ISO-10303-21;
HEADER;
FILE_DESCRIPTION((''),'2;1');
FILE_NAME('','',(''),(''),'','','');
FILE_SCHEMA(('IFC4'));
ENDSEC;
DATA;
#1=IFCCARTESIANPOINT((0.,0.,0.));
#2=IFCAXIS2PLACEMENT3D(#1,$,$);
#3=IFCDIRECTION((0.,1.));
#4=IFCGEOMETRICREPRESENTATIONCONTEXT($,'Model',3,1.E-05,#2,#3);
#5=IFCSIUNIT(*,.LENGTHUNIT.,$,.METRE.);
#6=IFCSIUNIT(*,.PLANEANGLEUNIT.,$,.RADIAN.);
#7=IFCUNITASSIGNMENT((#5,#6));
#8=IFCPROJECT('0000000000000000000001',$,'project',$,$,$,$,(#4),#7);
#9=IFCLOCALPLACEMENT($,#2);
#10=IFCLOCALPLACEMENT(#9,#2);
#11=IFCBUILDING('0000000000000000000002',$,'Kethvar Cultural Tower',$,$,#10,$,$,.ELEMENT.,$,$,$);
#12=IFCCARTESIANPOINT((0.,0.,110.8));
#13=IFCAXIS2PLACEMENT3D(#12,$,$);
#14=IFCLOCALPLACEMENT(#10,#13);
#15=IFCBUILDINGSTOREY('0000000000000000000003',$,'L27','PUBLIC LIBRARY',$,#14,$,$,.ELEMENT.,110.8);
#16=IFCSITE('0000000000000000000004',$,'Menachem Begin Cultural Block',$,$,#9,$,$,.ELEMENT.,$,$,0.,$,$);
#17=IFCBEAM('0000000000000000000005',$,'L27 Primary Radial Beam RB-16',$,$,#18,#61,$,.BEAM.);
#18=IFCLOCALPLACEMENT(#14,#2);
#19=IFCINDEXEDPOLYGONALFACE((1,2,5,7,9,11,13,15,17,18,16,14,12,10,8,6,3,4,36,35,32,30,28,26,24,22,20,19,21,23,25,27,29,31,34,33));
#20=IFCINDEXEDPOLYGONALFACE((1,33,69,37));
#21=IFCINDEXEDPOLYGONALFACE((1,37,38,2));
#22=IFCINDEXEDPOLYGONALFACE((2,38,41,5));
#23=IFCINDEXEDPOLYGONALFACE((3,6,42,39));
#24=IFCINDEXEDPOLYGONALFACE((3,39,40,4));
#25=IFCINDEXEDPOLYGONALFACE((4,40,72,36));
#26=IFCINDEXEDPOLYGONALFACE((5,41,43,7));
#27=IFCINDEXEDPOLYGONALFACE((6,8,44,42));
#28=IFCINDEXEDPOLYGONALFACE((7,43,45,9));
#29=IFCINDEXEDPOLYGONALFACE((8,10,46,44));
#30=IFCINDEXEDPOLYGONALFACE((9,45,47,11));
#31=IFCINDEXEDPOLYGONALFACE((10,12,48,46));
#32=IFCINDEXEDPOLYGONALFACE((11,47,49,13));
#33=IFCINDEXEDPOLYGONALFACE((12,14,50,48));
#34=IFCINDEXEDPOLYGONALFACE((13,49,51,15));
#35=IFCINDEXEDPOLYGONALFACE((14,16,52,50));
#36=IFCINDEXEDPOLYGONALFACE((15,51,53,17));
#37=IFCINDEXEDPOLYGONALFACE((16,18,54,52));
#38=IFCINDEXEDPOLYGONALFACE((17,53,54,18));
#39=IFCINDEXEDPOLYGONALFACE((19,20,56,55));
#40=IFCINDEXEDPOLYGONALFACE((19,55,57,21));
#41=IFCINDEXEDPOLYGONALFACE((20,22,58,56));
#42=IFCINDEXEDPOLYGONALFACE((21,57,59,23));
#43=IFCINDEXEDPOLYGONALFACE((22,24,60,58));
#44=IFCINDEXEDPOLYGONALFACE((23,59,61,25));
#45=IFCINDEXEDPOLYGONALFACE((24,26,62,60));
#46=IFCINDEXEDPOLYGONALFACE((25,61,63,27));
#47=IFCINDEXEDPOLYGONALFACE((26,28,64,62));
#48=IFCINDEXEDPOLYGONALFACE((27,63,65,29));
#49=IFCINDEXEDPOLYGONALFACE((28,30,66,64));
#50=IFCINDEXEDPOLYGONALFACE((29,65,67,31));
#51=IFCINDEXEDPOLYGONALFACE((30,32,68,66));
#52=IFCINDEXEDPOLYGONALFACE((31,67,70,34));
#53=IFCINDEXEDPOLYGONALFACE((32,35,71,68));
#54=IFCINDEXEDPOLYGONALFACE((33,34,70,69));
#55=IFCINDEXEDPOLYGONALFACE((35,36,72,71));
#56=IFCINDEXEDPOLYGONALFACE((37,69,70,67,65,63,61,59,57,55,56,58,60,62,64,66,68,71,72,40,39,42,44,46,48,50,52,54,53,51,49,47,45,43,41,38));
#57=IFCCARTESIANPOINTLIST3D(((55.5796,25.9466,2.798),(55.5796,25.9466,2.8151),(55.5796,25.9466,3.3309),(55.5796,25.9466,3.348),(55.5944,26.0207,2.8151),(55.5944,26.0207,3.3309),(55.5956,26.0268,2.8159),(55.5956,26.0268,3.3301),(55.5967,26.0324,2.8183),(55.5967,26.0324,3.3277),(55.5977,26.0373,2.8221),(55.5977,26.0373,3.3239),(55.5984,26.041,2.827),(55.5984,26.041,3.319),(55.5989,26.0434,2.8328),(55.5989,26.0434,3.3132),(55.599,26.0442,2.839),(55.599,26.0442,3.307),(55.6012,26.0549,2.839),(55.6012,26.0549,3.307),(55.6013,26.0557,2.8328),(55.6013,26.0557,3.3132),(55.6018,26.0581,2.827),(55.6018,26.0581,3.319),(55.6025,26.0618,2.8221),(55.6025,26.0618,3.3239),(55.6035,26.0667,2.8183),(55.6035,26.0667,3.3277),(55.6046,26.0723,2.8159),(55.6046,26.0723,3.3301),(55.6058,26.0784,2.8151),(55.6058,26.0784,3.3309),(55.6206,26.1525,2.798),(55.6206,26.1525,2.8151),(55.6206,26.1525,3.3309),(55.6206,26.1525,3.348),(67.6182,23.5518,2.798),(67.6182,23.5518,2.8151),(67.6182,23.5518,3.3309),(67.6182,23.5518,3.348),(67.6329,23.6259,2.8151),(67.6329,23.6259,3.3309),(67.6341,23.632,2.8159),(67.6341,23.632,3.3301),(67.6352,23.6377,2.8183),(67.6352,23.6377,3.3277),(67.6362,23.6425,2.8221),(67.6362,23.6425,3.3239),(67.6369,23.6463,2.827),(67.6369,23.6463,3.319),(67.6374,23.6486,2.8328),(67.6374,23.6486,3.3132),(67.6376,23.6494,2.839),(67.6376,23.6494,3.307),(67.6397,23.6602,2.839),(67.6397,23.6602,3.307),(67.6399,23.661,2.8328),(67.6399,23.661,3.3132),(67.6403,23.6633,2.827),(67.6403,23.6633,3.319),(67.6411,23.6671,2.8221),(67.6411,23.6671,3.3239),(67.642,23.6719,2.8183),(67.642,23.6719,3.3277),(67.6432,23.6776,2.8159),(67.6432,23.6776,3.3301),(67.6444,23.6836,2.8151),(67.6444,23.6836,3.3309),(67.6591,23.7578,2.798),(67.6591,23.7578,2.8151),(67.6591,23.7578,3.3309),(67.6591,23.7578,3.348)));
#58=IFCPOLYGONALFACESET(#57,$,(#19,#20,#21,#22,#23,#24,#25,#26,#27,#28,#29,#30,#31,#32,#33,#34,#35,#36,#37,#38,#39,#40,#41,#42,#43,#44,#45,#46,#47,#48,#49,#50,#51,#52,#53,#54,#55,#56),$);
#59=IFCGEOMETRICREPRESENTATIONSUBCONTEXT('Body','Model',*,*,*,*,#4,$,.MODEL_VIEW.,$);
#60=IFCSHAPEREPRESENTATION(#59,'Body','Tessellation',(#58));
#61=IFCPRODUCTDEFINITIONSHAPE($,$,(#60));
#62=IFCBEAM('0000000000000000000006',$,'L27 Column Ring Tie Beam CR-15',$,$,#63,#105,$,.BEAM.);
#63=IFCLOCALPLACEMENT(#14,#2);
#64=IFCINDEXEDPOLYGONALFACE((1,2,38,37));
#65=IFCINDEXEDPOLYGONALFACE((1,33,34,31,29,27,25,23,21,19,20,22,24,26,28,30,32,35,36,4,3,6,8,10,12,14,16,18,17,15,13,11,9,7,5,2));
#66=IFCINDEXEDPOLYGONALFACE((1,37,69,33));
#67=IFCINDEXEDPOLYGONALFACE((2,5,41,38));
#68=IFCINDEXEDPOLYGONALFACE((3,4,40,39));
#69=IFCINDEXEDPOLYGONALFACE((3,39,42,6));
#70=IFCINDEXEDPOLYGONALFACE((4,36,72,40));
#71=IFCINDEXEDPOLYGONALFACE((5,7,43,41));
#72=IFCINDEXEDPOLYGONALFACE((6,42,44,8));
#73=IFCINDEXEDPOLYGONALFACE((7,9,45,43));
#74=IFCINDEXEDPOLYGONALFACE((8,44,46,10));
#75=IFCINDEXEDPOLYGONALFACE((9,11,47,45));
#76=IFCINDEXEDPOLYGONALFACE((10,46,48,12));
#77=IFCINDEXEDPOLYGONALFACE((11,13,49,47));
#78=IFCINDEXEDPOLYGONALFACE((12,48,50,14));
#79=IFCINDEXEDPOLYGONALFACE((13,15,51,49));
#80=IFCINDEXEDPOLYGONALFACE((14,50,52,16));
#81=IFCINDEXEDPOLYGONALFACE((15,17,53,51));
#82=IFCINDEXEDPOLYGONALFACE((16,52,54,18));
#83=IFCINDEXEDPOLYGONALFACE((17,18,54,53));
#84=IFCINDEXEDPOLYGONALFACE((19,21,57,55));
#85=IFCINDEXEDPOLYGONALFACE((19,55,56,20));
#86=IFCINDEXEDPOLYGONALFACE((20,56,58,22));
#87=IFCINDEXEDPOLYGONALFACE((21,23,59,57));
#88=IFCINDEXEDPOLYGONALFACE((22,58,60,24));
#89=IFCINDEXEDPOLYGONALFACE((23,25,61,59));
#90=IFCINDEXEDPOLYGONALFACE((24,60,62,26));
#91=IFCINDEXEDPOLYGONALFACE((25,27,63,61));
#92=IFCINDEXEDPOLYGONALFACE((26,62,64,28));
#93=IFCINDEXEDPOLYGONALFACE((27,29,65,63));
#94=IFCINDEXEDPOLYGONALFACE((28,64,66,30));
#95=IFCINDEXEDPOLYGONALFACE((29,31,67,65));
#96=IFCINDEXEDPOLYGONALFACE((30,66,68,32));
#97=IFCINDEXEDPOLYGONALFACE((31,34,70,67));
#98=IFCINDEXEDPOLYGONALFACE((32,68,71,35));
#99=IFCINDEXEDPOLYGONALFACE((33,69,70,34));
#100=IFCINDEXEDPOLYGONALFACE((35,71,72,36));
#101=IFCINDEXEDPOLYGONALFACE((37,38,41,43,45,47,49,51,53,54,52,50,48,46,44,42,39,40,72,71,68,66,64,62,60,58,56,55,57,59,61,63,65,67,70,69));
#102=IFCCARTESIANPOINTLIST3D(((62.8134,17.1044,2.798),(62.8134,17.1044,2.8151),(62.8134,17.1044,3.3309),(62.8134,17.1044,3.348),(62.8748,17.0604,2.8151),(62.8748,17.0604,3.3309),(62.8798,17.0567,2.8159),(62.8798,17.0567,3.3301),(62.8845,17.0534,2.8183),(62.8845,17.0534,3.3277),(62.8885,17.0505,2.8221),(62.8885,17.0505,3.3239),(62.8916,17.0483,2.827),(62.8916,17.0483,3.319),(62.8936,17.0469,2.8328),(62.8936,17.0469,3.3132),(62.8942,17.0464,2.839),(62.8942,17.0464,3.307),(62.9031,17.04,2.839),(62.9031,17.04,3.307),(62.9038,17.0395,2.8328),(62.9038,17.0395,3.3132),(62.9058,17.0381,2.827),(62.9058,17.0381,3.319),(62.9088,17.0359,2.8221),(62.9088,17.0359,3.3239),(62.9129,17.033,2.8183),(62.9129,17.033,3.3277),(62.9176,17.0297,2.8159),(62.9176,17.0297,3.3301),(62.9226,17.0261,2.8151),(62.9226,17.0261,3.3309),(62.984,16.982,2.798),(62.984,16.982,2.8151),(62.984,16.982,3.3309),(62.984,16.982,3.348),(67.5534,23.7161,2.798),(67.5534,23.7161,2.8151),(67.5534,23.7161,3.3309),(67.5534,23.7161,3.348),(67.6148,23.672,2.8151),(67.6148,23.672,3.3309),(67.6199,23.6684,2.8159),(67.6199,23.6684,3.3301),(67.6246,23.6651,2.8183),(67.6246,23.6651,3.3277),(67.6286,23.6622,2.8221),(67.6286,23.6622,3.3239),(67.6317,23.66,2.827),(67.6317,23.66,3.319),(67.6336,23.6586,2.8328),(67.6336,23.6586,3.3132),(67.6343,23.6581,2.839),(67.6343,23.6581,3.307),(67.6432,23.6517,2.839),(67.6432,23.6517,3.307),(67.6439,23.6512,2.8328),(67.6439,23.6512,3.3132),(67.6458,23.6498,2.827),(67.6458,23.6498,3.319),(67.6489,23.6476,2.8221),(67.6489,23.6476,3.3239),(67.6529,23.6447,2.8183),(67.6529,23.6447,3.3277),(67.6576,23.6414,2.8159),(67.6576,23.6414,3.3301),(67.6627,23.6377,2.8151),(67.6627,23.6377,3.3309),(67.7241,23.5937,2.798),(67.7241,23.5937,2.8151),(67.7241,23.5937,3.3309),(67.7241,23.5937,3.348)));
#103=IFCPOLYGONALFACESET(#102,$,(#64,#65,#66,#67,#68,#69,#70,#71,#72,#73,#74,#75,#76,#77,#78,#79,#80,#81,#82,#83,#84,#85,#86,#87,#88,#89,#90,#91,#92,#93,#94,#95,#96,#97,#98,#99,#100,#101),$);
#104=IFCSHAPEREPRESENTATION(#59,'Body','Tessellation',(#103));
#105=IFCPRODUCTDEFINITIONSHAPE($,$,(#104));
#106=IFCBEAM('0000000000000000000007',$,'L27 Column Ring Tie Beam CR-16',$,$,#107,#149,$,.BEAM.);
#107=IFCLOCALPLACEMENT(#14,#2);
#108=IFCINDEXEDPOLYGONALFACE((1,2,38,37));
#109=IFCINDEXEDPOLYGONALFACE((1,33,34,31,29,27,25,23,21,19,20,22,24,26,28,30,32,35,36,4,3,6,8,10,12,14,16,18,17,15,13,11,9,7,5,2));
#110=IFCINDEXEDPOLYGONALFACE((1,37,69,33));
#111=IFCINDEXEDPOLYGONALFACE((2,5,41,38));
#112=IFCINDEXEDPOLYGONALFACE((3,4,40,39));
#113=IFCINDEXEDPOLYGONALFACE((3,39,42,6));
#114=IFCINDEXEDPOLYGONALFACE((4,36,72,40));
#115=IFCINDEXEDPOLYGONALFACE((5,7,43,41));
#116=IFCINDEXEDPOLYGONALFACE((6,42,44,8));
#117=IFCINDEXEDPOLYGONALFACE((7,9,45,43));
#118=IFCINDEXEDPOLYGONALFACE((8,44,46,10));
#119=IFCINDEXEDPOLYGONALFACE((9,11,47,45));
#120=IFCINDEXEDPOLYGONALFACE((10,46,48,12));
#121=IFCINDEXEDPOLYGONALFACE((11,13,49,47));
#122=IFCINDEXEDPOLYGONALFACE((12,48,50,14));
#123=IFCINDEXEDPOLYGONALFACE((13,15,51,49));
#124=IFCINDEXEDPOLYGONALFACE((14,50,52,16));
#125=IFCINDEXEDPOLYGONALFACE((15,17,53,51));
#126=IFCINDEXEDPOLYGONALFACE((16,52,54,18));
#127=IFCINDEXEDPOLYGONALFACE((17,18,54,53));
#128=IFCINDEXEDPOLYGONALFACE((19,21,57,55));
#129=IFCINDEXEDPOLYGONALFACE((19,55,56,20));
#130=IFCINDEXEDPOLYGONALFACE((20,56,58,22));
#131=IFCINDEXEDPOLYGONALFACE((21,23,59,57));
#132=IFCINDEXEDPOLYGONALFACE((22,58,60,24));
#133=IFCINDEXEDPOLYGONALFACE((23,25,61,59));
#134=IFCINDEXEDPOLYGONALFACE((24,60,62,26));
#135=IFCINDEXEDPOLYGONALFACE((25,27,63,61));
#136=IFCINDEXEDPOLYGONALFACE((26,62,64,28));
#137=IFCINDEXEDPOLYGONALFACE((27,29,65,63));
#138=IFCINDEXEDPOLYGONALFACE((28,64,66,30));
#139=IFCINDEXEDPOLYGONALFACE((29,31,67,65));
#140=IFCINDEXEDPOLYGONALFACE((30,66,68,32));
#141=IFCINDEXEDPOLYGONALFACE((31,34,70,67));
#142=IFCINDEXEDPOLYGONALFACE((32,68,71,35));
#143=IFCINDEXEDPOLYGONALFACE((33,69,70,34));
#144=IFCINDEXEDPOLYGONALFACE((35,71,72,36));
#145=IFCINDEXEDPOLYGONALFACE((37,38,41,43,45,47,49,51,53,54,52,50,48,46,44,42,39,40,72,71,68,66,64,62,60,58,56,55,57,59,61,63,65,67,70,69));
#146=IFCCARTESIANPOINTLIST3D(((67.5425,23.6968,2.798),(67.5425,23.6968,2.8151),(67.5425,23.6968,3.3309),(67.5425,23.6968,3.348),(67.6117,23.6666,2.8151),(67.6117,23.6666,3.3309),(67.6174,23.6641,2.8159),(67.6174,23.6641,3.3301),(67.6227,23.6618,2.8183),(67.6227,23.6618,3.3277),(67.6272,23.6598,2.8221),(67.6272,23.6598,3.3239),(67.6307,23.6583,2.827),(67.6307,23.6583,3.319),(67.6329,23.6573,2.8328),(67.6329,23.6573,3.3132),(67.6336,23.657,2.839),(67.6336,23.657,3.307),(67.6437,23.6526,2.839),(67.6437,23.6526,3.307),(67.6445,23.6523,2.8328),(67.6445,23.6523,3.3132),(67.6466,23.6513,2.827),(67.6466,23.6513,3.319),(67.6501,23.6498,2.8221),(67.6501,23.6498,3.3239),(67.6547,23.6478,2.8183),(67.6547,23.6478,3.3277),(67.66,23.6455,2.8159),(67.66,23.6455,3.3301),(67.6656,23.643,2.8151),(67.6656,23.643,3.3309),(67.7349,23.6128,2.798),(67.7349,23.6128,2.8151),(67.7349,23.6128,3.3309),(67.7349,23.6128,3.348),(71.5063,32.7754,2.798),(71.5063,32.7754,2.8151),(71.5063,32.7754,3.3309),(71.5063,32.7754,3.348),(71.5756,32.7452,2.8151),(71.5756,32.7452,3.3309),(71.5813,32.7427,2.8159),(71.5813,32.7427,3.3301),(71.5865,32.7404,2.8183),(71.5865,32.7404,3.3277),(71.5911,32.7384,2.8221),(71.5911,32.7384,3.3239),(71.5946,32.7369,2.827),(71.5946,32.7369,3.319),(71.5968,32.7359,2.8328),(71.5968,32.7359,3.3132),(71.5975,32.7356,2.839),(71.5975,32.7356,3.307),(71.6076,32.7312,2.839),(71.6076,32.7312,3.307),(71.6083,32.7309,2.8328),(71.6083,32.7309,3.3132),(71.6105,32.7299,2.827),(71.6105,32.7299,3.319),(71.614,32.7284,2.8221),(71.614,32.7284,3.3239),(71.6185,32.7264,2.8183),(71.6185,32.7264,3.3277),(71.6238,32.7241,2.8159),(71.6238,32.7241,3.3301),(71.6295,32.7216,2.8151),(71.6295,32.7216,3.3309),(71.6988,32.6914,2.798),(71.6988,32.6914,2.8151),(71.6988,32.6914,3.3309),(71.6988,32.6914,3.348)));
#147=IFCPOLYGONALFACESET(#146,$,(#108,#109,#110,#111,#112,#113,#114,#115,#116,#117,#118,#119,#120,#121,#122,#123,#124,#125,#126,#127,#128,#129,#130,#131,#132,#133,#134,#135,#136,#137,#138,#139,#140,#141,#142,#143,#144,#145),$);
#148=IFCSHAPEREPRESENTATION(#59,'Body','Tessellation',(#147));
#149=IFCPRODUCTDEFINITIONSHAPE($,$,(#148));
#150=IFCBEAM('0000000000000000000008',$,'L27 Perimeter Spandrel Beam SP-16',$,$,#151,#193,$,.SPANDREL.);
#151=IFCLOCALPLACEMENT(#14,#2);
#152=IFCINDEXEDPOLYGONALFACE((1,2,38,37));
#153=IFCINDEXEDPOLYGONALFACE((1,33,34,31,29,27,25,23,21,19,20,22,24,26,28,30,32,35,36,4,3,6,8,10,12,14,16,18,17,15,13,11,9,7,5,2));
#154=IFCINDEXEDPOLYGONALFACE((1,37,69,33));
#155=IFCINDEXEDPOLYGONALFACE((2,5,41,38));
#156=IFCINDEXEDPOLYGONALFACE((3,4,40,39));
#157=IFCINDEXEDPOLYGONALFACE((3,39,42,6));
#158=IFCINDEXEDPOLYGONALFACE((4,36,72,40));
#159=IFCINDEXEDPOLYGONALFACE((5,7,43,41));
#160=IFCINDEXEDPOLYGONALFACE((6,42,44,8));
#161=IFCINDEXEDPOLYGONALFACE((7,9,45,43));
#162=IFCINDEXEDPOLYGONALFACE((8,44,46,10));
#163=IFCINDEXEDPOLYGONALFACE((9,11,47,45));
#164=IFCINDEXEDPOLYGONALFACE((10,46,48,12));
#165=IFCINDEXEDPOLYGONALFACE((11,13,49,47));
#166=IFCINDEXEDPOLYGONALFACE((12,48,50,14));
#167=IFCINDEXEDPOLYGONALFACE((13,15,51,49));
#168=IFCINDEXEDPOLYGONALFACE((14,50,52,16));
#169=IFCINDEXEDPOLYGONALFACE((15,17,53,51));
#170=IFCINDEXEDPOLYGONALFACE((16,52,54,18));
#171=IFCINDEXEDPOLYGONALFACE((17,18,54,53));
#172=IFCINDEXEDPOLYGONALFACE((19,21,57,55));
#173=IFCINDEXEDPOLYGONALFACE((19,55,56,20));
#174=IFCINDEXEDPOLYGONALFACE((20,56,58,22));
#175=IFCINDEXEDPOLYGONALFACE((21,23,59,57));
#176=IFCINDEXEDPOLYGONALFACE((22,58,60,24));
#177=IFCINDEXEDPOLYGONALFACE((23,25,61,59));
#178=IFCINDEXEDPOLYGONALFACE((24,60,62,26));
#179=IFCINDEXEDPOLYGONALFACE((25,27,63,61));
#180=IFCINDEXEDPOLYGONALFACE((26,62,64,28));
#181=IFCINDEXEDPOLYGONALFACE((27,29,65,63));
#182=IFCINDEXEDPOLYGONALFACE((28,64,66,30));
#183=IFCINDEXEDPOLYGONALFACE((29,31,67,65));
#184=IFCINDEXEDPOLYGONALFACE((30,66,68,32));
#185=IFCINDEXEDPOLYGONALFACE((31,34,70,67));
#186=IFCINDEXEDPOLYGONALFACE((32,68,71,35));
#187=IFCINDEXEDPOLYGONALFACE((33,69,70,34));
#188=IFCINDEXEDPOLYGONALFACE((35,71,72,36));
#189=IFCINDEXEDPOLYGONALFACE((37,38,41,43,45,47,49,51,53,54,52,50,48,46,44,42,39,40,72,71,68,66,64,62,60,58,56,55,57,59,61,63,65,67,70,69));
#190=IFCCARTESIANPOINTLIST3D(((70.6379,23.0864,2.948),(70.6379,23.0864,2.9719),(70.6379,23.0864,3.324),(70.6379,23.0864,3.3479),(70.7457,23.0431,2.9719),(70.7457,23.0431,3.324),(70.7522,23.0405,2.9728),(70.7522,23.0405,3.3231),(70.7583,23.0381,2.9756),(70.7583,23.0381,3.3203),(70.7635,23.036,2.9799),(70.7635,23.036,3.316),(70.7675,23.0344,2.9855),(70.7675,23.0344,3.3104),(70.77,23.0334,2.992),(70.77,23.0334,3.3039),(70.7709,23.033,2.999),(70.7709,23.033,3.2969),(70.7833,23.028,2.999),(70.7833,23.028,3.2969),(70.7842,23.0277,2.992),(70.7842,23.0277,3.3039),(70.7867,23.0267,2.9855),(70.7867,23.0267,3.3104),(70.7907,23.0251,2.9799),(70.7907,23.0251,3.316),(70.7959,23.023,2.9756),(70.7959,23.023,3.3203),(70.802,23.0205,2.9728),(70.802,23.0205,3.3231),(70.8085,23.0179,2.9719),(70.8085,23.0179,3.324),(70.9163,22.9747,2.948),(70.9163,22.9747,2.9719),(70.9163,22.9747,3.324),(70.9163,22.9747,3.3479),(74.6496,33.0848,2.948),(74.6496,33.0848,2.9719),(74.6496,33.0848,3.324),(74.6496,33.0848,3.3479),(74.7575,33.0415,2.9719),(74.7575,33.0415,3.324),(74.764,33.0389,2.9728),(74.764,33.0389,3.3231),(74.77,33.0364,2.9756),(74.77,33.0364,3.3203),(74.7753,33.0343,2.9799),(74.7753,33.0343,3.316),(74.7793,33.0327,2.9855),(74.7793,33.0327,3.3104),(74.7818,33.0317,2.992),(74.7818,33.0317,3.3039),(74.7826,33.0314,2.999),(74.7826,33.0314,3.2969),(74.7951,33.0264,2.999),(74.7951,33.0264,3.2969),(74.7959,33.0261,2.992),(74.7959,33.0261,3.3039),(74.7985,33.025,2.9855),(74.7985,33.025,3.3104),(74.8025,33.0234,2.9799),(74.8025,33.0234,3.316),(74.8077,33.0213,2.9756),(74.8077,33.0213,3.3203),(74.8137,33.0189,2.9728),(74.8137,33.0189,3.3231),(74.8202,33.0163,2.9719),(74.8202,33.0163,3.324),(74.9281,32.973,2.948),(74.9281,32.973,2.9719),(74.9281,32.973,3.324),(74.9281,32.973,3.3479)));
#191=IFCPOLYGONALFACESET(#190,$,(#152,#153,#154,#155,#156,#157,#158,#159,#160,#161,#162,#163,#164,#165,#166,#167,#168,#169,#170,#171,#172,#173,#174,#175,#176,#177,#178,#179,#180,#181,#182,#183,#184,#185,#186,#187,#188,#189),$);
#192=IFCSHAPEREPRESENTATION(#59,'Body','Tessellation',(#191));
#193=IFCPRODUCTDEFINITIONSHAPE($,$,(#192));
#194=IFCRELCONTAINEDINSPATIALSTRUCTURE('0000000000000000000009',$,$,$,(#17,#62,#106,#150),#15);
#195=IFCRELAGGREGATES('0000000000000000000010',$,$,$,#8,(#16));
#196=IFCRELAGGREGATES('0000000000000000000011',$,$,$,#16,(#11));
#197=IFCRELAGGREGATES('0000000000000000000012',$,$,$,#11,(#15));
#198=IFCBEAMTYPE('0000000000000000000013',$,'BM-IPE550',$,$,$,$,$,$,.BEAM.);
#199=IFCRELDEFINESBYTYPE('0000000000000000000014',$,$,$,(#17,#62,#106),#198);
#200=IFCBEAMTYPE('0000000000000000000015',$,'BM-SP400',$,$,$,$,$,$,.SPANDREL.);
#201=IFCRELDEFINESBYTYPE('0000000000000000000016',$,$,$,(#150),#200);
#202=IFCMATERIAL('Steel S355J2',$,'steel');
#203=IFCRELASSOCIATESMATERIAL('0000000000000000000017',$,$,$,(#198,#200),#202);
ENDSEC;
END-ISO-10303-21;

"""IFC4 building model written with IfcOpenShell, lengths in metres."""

from ifc_helpers import new_model, si_unit, direction, frame, origin, origin_2d, place, context, subcontext, project, spatial, i_section, extrude, source, transform, mapped, material, material_profile, profile_set, type_object, element, save


model = new_model("IFC4")

# Units and contexts
model_context = context("Model", 3, precision=1e-05, world=origin(), true_north=direction((0.0, 1.0)))
body_context = subcontext(model_context, "Body", "Model", "MODEL_VIEW")
ifc_project = project(units=[si_unit("LENGTHUNIT", "METRE"), si_unit("PLANEANGLEUNIT", "RADIAN")], contexts=[model_context])

# Site, building, storey
site_placement = place(None, origin())
site = spatial("IfcSite", under=ifc_project, at=site_placement, Name="Menachem Begin Cultural Block", CompositionType="ELEMENT", RefElevation=0.0)
building_placement = place(site_placement, origin())
building = spatial("IfcBuilding", under=site, at=building_placement, Name="Kethvar Cultural Tower", CompositionType="ELEMENT")
storey_placement = place(building_placement, frame((0.0, 0.0, 110.8)))
storey = spatial("IfcBuildingStorey", under=building, at=storey_placement, Name="L27", Description="PUBLIC LIBRARY", CompositionType="ELEMENT", Elevation=110.8)

# Beams
ifc_material_1 = material(Name="Steel S355J2", Category="steel")
ifc_material_profile_1 = material_profile(ifc_material_1, i_section(OverallWidth=0.21, OverallDepth=0.55, WebThickness=0.011, FlangeThickness=0.0171, FilletRadius=0.0239, at=origin_2d()), Name="Steel S355J2 — IPE550")
ifc_profile_set_1 = profile_set([ifc_material_profile_1], Name="Steel S355J2 — IPE550")
beam_type_1 = type_object("IfcBeamType", Name="BM-IPE550", PredefinedType="BEAM", material=ifc_profile_set_1)
shared_shape_1 = source(origin(), body_context, "Body", "SweptSolid", [
    extrude(i_section(OverallWidth=0.21, OverallDepth=0.55, WebThickness=0.011, FlangeThickness=0.0171, FilletRadius=0.0239, at=origin_2d()), origin(), (0.0, 0.0, 1.0), 12.2744),
])
beam_1_placement = place(storey_placement, frame((55.6001, 26.0496, 3.073), z_axis=(0.980783, -0.195102, 0.0), x_axis=(0.195102, 0.980783, 0.0)))
element("IfcBeam", 1, at=beam_1_placement, inside=storey, type_object=beam_type_1, Name="L27 Primary Radial Beam RB-16", PredefinedType="BEAM", context=body_context, shape_type="MappedRepresentation", body=[
    mapped(shared_shape_1, transform((0.0, 0.0, 0.0), scale=1.0)),
])
shared_shape_2 = source(origin(), body_context, "Body", "SweptSolid", [
    extrude(i_section(OverallWidth=0.21, OverallDepth=0.55, WebThickness=0.011, FlangeThickness=0.0171, FilletRadius=0.0239, at=origin_2d()), origin(), (0.0, 0.0, 1.0), 8.1353),
])
beam_2_placement = place(storey_placement, frame((62.8987, 17.0432, 3.073), z_axis=(0.582657, 0.812718, 0.0), x_axis=(-0.812718, 0.582657, 0.0)))
element("IfcBeam", 2, at=beam_2_placement, inside=storey, type_object=beam_type_1, Name="L27 Column Ring Tie Beam CR-15", PredefinedType="BEAM", context=body_context, shape_type="MappedRepresentation", body=[
    mapped(shared_shape_2, transform((0.0, 0.0, 0.0), scale=1.0)),
])
shared_shape_3 = source(origin(), body_context, "Body", "SweptSolid", [
    extrude(i_section(OverallWidth=0.21, OverallDepth=0.55, WebThickness=0.011, FlangeThickness=0.0171, FilletRadius=0.0239, at=origin_2d()), origin(), (0.0, 0.0, 1.0), 9.9062),
])
beam_3_placement = place(storey_placement, frame((67.6387, 23.6548, 3.073), z_axis=(0.400139, 0.916455, 0.0), x_axis=(-0.916455, 0.400139, 0.0)))
element("IfcBeam", 3, at=beam_3_placement, inside=storey, type_object=beam_type_1, Name="L27 Column Ring Tie Beam CR-16", PredefinedType="BEAM", context=body_context, shape_type="MappedRepresentation", body=[
    mapped(shared_shape_3, transform((0.0, 0.0, 0.0), scale=1.0)),
])
ifc_material_profile_2 = material_profile(ifc_material_1, i_section(OverallWidth=0.3, OverallDepth=0.3999, WebThickness=0.0134, FlangeThickness=0.0239, FilletRadius=0.0271, at=origin_2d()), Name="Steel S355J2 — HEB400")
ifc_profile_set_2 = profile_set([ifc_material_profile_2], Name="Steel S355J2 — HEB400")
beam_type_2 = type_object("IfcBeamType", Name="BM-SP400", PredefinedType="SPANDREL", material=ifc_profile_set_2)
shared_shape_4 = source(origin(), body_context, "Body", "SweptSolid", [
    extrude(i_section(OverallWidth=0.3, OverallDepth=0.3999, WebThickness=0.0134, FlangeThickness=0.0239, FilletRadius=0.0271, at=origin_2d()), origin(), (0.0, 0.0, 1.0), 10.7732),
])
beam_4_placement = place(storey_placement, frame((70.7771, 23.0305, 3.1479), z_axis=(0.372383, 0.928079, 0.0), x_axis=(-0.928079, 0.372383, 0.0)))
element("IfcBeam", 4, at=beam_4_placement, inside=storey, type_object=beam_type_2, Name="L27 Perimeter Spandrel Beam SP-16", PredefinedType="SPANDREL", context=body_context, shape_type="MappedRepresentation", body=[
    mapped(shared_shape_4, transform((0.0, 0.0, 0.0), scale=1.0)),
])

save(model, "model.ifc")
